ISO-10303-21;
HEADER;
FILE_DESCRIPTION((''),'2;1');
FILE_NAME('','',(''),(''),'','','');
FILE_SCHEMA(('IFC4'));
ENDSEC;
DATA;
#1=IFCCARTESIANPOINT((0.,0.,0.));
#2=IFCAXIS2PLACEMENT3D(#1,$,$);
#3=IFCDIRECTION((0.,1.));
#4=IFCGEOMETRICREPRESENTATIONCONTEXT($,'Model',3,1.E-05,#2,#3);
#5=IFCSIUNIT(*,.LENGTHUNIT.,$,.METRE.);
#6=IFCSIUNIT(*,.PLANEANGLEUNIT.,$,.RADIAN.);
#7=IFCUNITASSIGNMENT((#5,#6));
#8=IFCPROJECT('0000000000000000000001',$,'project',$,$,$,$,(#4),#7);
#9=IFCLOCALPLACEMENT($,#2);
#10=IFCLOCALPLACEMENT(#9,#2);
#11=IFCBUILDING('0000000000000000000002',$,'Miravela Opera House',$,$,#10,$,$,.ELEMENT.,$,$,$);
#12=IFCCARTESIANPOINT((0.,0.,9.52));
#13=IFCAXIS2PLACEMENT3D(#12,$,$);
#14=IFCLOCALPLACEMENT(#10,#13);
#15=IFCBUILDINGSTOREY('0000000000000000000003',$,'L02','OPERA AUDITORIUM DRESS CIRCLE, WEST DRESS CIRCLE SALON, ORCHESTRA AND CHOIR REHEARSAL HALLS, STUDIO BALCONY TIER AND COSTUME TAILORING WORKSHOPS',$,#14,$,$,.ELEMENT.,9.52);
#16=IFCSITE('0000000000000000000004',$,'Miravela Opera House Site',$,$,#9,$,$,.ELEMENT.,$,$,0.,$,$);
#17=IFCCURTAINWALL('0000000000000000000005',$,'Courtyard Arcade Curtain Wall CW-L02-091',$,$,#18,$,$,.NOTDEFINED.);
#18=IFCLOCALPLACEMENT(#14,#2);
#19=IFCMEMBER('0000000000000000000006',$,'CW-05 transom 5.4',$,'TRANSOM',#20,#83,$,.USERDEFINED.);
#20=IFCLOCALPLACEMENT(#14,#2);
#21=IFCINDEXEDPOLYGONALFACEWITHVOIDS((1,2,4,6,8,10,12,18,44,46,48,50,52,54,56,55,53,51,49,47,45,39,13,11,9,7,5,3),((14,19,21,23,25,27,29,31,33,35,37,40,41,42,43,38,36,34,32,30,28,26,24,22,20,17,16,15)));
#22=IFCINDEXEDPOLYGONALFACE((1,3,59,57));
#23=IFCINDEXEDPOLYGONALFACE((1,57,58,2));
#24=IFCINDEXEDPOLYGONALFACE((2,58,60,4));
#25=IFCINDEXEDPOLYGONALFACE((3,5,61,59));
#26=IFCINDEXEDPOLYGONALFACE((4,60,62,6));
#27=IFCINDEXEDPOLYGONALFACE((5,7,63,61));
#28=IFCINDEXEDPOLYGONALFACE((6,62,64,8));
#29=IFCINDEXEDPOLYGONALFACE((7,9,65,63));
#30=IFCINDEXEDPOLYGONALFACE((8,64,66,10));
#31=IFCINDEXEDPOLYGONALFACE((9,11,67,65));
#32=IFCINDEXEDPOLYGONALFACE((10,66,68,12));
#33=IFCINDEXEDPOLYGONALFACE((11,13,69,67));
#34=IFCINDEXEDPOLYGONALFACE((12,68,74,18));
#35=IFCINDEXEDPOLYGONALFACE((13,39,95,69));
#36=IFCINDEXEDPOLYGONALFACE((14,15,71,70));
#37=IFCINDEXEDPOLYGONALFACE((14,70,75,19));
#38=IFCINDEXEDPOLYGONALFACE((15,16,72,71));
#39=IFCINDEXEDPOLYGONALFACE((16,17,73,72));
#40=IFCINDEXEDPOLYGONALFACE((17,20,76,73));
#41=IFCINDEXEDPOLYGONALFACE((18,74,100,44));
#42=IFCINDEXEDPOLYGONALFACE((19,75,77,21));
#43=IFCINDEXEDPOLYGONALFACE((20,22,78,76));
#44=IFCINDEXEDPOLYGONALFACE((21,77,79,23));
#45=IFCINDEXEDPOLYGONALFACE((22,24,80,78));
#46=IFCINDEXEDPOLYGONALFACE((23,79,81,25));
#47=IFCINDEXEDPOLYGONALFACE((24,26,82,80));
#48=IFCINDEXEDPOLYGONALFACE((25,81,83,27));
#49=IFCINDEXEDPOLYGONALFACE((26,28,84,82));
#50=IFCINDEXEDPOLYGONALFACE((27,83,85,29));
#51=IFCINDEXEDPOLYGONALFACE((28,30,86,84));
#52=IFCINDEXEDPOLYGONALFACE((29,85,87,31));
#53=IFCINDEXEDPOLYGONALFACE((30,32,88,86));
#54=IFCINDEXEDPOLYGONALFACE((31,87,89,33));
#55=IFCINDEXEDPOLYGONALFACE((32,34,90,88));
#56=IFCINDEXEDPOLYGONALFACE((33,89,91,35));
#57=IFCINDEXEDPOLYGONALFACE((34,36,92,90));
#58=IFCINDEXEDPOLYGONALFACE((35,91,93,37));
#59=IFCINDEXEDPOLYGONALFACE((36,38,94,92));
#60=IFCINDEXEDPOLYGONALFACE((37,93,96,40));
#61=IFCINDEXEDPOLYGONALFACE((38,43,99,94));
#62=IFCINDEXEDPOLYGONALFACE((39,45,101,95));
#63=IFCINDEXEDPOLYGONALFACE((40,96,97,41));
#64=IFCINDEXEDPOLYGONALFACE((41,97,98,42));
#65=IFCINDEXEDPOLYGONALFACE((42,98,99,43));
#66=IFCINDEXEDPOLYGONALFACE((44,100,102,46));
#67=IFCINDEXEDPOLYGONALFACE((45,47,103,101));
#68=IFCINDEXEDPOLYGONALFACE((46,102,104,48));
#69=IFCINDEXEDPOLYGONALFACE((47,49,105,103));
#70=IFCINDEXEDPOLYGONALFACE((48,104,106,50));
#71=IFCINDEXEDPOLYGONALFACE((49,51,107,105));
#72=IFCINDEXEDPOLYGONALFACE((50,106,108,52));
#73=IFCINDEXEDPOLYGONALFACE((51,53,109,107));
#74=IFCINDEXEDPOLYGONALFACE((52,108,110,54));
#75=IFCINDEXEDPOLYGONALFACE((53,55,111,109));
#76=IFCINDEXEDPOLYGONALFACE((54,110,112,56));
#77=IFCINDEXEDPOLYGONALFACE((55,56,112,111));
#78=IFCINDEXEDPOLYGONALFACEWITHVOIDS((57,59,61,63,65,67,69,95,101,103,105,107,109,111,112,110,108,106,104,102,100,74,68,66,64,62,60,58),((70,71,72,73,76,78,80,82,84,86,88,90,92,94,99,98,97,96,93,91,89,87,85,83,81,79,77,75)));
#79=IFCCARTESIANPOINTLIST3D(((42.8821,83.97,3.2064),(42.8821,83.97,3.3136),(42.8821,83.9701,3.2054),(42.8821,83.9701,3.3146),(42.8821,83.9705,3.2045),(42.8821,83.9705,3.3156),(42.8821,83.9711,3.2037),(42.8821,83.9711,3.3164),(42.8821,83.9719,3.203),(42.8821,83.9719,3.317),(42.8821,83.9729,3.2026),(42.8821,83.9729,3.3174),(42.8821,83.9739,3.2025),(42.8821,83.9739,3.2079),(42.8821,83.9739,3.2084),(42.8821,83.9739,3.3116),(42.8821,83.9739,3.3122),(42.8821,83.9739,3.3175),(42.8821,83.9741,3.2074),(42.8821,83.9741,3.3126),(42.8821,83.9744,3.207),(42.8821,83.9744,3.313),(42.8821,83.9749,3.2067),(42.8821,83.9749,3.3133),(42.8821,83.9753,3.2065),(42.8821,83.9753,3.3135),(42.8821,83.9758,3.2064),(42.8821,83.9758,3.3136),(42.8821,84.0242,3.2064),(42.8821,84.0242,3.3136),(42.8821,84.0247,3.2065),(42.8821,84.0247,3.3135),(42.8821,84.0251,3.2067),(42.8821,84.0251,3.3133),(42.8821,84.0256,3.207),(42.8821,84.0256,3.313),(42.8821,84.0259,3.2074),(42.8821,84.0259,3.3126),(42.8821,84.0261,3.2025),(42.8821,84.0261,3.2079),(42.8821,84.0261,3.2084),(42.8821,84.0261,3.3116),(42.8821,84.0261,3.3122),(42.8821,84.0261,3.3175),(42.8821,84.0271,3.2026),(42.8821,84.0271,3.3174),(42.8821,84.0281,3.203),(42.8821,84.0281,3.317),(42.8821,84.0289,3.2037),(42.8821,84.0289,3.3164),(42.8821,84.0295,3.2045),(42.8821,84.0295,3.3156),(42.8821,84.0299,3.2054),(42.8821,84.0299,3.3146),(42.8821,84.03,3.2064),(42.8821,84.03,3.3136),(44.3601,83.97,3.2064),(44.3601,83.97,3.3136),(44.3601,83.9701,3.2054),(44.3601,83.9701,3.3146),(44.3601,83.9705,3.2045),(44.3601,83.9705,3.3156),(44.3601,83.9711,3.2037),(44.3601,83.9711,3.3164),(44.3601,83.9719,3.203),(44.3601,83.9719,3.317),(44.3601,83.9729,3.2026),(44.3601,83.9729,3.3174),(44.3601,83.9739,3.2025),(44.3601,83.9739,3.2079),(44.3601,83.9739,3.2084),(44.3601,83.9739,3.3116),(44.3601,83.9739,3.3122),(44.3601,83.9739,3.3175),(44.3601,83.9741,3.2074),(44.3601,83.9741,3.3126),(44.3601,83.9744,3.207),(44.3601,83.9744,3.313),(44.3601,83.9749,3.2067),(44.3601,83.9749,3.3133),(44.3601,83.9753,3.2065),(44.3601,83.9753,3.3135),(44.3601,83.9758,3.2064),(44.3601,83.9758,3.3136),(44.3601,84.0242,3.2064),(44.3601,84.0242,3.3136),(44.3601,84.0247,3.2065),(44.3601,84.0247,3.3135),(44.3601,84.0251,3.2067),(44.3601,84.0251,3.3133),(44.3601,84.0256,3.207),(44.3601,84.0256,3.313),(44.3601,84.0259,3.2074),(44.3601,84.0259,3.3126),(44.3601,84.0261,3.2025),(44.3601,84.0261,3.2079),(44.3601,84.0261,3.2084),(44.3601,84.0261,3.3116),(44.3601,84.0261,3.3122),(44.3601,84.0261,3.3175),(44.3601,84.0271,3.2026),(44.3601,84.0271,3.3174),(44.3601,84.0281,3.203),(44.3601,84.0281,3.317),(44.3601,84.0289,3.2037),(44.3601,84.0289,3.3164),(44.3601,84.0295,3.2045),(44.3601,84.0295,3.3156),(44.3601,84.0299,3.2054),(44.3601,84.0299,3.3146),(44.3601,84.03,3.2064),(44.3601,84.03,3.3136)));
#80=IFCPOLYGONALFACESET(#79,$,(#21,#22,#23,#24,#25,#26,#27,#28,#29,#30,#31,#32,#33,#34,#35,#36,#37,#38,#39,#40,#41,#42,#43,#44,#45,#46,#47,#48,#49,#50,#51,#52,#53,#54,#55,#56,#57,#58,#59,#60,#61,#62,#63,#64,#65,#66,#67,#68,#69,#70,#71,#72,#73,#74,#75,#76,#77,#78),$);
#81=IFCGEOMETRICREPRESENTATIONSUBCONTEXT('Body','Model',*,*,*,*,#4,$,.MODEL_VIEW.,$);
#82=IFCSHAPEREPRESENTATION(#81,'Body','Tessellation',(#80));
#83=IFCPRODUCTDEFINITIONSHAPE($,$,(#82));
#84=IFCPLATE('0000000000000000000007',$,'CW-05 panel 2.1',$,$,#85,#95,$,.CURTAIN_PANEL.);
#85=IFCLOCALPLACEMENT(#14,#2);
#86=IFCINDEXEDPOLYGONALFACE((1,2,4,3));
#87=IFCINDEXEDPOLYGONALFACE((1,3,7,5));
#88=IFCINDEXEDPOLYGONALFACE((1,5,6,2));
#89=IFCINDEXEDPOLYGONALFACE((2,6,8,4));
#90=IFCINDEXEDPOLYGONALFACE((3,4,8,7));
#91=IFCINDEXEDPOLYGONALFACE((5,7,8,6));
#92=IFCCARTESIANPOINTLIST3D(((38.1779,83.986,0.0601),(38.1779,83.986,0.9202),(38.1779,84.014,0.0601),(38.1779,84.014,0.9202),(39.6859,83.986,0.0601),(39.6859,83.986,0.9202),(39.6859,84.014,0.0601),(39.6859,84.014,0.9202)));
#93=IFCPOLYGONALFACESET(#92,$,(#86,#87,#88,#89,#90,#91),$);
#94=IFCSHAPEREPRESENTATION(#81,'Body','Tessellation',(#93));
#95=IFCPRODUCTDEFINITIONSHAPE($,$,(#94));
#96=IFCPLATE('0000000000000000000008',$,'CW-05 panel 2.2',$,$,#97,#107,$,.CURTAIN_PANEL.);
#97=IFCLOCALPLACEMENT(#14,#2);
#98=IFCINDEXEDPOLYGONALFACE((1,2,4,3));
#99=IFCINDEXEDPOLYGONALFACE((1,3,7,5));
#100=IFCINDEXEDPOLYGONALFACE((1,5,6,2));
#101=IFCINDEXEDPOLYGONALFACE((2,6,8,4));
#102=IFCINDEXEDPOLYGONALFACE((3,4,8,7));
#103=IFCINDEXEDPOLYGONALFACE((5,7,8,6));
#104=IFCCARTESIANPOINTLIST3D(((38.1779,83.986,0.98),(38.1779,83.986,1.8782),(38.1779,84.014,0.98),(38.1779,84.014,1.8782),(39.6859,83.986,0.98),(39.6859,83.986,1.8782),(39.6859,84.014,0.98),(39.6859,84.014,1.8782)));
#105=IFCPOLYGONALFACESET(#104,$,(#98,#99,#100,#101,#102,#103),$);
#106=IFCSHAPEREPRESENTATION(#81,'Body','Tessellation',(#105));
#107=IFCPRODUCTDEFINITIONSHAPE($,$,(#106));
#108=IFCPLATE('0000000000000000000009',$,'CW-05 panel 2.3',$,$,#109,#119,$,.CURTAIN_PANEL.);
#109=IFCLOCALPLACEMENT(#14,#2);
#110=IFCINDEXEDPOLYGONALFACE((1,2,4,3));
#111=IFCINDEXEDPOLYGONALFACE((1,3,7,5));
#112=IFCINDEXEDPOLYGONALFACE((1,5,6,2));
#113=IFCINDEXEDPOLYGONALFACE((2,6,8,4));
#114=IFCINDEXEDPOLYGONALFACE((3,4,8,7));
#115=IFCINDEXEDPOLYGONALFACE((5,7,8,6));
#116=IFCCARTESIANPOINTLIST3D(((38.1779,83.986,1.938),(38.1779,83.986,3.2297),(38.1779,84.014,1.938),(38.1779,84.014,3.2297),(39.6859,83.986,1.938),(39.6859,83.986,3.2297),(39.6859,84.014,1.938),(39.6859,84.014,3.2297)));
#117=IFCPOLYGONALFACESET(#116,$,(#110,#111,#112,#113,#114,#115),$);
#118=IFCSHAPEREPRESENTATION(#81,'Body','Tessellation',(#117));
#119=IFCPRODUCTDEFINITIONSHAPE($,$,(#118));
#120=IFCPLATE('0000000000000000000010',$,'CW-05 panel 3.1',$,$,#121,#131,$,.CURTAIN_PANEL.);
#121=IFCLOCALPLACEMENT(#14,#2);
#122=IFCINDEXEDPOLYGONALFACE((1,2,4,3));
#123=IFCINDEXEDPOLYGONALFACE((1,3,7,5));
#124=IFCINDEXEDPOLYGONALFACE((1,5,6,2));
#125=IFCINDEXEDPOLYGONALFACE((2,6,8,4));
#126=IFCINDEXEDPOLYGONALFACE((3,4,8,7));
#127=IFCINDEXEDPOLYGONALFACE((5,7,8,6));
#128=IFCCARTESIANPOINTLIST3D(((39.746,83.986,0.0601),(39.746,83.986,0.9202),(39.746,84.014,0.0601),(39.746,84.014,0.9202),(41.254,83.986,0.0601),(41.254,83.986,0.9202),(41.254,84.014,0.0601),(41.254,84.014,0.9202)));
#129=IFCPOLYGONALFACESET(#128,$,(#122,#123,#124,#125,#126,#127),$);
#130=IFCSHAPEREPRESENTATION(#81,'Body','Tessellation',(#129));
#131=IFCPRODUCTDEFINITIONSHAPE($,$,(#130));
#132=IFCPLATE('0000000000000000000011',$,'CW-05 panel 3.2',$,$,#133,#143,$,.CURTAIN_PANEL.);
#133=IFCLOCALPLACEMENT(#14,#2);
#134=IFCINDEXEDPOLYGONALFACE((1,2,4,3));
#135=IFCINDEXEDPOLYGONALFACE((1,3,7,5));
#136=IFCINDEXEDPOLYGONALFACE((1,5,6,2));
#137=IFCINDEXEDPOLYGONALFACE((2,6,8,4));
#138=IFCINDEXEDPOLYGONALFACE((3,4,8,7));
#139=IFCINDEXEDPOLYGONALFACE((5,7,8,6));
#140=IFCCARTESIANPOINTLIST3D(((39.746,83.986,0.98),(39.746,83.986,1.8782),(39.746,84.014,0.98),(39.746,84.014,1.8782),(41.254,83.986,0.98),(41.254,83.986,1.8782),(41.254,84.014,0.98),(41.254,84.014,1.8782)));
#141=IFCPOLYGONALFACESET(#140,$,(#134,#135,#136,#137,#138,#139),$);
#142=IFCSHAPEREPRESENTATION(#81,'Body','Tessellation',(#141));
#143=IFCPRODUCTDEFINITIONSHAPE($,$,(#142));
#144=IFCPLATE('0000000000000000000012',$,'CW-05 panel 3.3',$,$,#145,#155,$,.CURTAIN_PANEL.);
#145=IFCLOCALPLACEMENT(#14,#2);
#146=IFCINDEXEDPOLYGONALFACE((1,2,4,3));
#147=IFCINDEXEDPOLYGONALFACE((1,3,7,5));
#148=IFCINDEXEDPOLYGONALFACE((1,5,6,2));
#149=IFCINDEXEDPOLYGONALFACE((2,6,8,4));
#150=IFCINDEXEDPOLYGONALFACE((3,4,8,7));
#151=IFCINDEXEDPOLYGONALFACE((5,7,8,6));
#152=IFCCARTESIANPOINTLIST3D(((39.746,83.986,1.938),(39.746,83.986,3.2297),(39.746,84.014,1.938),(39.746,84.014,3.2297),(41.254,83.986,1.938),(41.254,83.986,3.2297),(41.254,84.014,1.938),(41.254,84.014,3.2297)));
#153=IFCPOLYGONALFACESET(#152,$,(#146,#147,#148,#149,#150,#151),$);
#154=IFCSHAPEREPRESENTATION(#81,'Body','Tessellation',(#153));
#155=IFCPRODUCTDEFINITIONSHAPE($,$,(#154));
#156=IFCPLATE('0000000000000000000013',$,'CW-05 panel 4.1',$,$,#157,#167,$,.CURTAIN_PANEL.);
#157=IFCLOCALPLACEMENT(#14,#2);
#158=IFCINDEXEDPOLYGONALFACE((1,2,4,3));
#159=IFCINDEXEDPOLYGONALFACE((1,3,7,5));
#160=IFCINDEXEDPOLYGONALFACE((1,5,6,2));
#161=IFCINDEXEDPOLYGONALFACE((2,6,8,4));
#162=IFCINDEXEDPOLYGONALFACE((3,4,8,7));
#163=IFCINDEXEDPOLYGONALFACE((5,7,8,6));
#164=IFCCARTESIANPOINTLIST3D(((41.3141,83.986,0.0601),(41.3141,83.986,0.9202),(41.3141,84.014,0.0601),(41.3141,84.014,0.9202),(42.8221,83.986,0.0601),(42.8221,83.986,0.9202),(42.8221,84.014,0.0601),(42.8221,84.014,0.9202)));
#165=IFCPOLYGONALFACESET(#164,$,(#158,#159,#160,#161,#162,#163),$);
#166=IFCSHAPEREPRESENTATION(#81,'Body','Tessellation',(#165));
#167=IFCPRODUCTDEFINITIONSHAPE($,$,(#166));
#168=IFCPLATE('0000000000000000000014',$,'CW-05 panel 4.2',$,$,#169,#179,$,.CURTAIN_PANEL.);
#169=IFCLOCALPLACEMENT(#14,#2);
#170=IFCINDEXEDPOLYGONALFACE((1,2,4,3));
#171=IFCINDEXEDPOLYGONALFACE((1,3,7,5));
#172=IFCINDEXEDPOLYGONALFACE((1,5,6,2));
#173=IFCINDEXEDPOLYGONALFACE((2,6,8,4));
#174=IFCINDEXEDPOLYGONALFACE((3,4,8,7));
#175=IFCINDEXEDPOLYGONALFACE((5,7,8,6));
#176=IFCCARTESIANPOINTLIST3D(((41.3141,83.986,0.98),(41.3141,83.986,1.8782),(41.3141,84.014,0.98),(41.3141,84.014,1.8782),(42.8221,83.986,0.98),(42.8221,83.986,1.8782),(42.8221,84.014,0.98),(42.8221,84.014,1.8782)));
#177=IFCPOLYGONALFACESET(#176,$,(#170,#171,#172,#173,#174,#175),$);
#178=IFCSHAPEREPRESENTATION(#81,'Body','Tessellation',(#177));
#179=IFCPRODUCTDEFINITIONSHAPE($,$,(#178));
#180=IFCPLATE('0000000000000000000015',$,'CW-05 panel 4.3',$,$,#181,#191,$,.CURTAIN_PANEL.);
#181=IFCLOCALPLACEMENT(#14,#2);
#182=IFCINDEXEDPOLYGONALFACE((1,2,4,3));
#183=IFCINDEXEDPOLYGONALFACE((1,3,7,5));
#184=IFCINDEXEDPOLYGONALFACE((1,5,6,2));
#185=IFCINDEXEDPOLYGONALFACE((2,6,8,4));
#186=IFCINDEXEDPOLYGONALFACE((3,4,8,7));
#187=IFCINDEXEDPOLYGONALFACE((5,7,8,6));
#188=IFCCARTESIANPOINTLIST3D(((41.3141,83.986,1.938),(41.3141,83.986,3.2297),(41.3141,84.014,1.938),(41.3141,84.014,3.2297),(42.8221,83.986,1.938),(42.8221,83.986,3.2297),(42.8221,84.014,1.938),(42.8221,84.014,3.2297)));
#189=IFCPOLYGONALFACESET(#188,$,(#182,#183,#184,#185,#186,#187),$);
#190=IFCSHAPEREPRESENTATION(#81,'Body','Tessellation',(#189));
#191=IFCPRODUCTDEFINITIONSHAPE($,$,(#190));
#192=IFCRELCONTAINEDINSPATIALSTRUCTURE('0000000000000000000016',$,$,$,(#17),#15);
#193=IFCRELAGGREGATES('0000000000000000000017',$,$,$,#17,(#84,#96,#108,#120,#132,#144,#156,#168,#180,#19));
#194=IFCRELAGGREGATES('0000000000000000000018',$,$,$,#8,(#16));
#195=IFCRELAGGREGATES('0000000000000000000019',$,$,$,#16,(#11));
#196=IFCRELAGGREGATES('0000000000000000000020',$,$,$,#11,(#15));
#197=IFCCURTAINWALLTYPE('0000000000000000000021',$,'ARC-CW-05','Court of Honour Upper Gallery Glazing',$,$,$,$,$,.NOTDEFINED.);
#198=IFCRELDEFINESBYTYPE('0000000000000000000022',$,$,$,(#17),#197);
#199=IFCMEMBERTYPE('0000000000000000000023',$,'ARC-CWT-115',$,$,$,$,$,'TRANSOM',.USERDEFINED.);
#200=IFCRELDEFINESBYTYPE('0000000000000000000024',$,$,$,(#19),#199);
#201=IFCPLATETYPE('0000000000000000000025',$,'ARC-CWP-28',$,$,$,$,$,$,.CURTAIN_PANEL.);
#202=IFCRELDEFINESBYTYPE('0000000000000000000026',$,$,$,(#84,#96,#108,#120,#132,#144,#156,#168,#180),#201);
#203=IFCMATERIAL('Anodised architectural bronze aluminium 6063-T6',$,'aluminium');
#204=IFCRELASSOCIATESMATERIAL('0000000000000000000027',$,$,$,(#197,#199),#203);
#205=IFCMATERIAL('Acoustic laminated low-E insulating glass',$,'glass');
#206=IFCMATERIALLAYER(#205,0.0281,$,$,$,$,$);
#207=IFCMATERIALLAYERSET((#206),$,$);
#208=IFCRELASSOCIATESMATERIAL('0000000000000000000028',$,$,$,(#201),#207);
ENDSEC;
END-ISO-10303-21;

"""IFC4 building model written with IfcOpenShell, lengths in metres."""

from ifc_helpers import new_model, si_unit, direction, frame, origin, origin_2d, place, context, subcontext, project, spatial, rectangle, hollow_rectangle, extrude, material, layer, layer_set, material_profile, profile_set, type_object, element, aggregate, save


model = new_model("IFC4")

# Units and contexts
model_context = context("Model", 3, precision=1e-05, world=origin(), true_north=direction((0.0, 1.0)))
body_context = subcontext(model_context, "Body", "Model", "MODEL_VIEW")
ifc_project = project(units=[si_unit("LENGTHUNIT", "METRE"), si_unit("PLANEANGLEUNIT", "RADIAN")], contexts=[model_context])

# Site, building, storey
site_placement = place(None, origin())
site = spatial("IfcSite", under=ifc_project, at=site_placement, Name="Miravela Opera House Site", CompositionType="ELEMENT", RefElevation=0.0)
building_placement = place(site_placement, origin())
building = spatial("IfcBuilding", under=site, at=building_placement, Name="Miravela Opera House", CompositionType="ELEMENT")
storey_placement = place(building_placement, frame((0.0, 0.0, 9.52)))
storey = spatial("IfcBuildingStorey", under=building, at=storey_placement, Name="L02", Description="OPERA AUDITORIUM DRESS CIRCLE, WEST DRESS CIRCLE SALON, ORCHESTRA AND CHOIR REHEARSAL HALLS, STUDIO BALCONY TIER AND COSTUME TAILORING WORKSHOPS", CompositionType="ELEMENT", Elevation=9.52)

# Curtain wall, member, plates
ifc_material_1 = material(Name="Anodised architectural bronze aluminium 6063-T6", Category="aluminium")
curtain_wall_type = type_object("IfcCurtainWallType", Name="ARC-CW-05", Description="Court of Honour Upper Gallery Glazing", PredefinedType="NOTDEFINED", material=ifc_material_1)
curtain_wall_placement = place(storey_placement, origin())
curtain_wall = element("IfcCurtainWall", 1, at=curtain_wall_placement, inside=storey, type_object=curtain_wall_type, Name="Courtyard Arcade Curtain Wall CW-L02-091", PredefinedType="NOTDEFINED")
ifc_material_profile_1 = material_profile(ifc_material_1, hollow_rectangle(XDim=0.0601, YDim=0.115, WallThickness=0.0039, InnerFilletRadius=0.002, OuterFilletRadius=0.0039, at=origin_2d()), Name="CWT-60X115")
ifc_profile_set_1 = profile_set([ifc_material_profile_1])
member_type_1 = type_object("IfcMemberType", Name="ARC-CWT-115", ElementType="TRANSOM", PredefinedType="USERDEFINED", material=ifc_profile_set_1)
member_1_placement = place(storey_placement, frame((42.8821, 84.0, 3.26), z_axis=(1.0, 0.0, 0.0), x_axis=(0.0, 1.0, 0.0)))
member_1 = element("IfcMember", 2, at=member_1_placement, type_object=member_type_1, Name="CW-05 transom 5.4", ObjectType="TRANSOM", PredefinedType="USERDEFINED", context=body_context, shape_type="SweptSolid", body=[
    extrude(hollow_rectangle(XDim=0.0601, YDim=0.115, WallThickness=0.0039, InnerFilletRadius=0.002, OuterFilletRadius=0.0039, at=origin_2d()), origin(), (0.0, 0.0, 1.0), 1.478),
])
ifc_material_2 = material(Name="Acoustic laminated low-E insulating glass", Category="glass")
ifc_layer = layer(ifc_material_2, 0.0281)
ifc_layer_set = layer_set([ifc_layer])
plate_type = type_object("IfcPlateType", Name="ARC-CWP-28", PredefinedType="CURTAIN_PANEL", material=ifc_layer_set)
plate_1_placement = place(storey_placement, frame((38.9319, 84.0, 0.0601), z_axis=(0.0, 0.0, 1.0), x_axis=(1.0, 0.0, 0.0)))
plate_1 = element("IfcPlate", 3, at=plate_1_placement, type_object=plate_type, Name="CW-05 panel 2.1", PredefinedType="CURTAIN_PANEL", context=body_context, shape_type="SweptSolid", body=[
    extrude(rectangle(XDim=1.5081, YDim=0.0281, at=origin_2d()), origin(), (0.0, 0.0, 1.0), 0.8601),
])
plate_2_placement = place(storey_placement, frame((38.9319, 84.0, 0.98), z_axis=(0.0, 0.0, 1.0), x_axis=(1.0, 0.0, 0.0)))
plate_2 = element("IfcPlate", 4, at=plate_2_placement, type_object=plate_type, Name="CW-05 panel 2.2", PredefinedType="CURTAIN_PANEL", context=body_context, shape_type="SweptSolid", body=[
    extrude(rectangle(XDim=1.5081, YDim=0.0281, at=origin_2d()), origin(), (0.0, 0.0, 1.0), 0.8982),
])
plate_3_placement = place(storey_placement, frame((38.9319, 84.0, 1.938), z_axis=(0.0, 0.0, 1.0), x_axis=(1.0, 0.0, 0.0)))
plate_3 = element("IfcPlate", 5, at=plate_3_placement, type_object=plate_type, Name="CW-05 panel 2.3", PredefinedType="CURTAIN_PANEL", context=body_context, shape_type="SweptSolid", body=[
    extrude(rectangle(XDim=1.5081, YDim=0.0281, at=origin_2d()), origin(), (0.0, 0.0, 1.0), 1.2917),
])
plate_4_placement = place(storey_placement, frame((40.5, 84.0, 0.0601), z_axis=(0.0, 0.0, 1.0), x_axis=(1.0, 0.0, 0.0)))
plate_4 = element("IfcPlate", 6, at=plate_4_placement, type_object=plate_type, Name="CW-05 panel 3.1", PredefinedType="CURTAIN_PANEL", context=body_context, shape_type="SweptSolid", body=[
    extrude(rectangle(XDim=1.5081, YDim=0.0281, at=origin_2d()), origin(), (0.0, 0.0, 1.0), 0.8601),
])
plate_5_placement = place(storey_placement, frame((40.5, 84.0, 0.98), z_axis=(0.0, 0.0, 1.0), x_axis=(1.0, 0.0, 0.0)))
plate_5 = element("IfcPlate", 7, at=plate_5_placement, type_object=plate_type, Name="CW-05 panel 3.2", PredefinedType="CURTAIN_PANEL", context=body_context, shape_type="SweptSolid", body=[
    extrude(rectangle(XDim=1.5081, YDim=0.0281, at=origin_2d()), origin(), (0.0, 0.0, 1.0), 0.8982),
])
plate_6_placement = place(storey_placement, frame((40.5, 84.0, 1.938), z_axis=(0.0, 0.0, 1.0), x_axis=(1.0, 0.0, 0.0)))
plate_6 = element("IfcPlate", 8, at=plate_6_placement, type_object=plate_type, Name="CW-05 panel 3.3", PredefinedType="CURTAIN_PANEL", context=body_context, shape_type="SweptSolid", body=[
    extrude(rectangle(XDim=1.5081, YDim=0.0281, at=origin_2d()), origin(), (0.0, 0.0, 1.0), 1.2917),
])
plate_7_placement = place(storey_placement, frame((42.0681, 84.0, 0.0601), z_axis=(0.0, 0.0, 1.0), x_axis=(1.0, 0.0, 0.0)))
plate_7 = element("IfcPlate", 9, at=plate_7_placement, type_object=plate_type, Name="CW-05 panel 4.1", PredefinedType="CURTAIN_PANEL", context=body_context, shape_type="SweptSolid", body=[
    extrude(rectangle(XDim=1.5081, YDim=0.0281, at=origin_2d()), origin(), (0.0, 0.0, 1.0), 0.8601),
])
plate_8_placement = place(storey_placement, frame((42.0681, 84.0, 0.98), z_axis=(0.0, 0.0, 1.0), x_axis=(1.0, 0.0, 0.0)))
plate_8 = element("IfcPlate", 10, at=plate_8_placement, type_object=plate_type, Name="CW-05 panel 4.2", PredefinedType="CURTAIN_PANEL", context=body_context, shape_type="SweptSolid", body=[
    extrude(rectangle(XDim=1.5081, YDim=0.0281, at=origin_2d()), origin(), (0.0, 0.0, 1.0), 0.8982),
])
plate_9_placement = place(storey_placement, frame((42.0681, 84.0, 1.938), z_axis=(0.0, 0.0, 1.0), x_axis=(1.0, 0.0, 0.0)))
plate_9 = element("IfcPlate", 11, at=plate_9_placement, type_object=plate_type, Name="CW-05 panel 4.3", PredefinedType="CURTAIN_PANEL", context=body_context, shape_type="SweptSolid", body=[
    extrude(rectangle(XDim=1.5081, YDim=0.0281, at=origin_2d()), origin(), (0.0, 0.0, 1.0), 1.2917),
])
aggregate(curtain_wall, [plate_1, plate_2, plate_3, plate_4, plate_5, plate_6, plate_7, plate_8, plate_9, member_1])

save(model, "model.ifc")
